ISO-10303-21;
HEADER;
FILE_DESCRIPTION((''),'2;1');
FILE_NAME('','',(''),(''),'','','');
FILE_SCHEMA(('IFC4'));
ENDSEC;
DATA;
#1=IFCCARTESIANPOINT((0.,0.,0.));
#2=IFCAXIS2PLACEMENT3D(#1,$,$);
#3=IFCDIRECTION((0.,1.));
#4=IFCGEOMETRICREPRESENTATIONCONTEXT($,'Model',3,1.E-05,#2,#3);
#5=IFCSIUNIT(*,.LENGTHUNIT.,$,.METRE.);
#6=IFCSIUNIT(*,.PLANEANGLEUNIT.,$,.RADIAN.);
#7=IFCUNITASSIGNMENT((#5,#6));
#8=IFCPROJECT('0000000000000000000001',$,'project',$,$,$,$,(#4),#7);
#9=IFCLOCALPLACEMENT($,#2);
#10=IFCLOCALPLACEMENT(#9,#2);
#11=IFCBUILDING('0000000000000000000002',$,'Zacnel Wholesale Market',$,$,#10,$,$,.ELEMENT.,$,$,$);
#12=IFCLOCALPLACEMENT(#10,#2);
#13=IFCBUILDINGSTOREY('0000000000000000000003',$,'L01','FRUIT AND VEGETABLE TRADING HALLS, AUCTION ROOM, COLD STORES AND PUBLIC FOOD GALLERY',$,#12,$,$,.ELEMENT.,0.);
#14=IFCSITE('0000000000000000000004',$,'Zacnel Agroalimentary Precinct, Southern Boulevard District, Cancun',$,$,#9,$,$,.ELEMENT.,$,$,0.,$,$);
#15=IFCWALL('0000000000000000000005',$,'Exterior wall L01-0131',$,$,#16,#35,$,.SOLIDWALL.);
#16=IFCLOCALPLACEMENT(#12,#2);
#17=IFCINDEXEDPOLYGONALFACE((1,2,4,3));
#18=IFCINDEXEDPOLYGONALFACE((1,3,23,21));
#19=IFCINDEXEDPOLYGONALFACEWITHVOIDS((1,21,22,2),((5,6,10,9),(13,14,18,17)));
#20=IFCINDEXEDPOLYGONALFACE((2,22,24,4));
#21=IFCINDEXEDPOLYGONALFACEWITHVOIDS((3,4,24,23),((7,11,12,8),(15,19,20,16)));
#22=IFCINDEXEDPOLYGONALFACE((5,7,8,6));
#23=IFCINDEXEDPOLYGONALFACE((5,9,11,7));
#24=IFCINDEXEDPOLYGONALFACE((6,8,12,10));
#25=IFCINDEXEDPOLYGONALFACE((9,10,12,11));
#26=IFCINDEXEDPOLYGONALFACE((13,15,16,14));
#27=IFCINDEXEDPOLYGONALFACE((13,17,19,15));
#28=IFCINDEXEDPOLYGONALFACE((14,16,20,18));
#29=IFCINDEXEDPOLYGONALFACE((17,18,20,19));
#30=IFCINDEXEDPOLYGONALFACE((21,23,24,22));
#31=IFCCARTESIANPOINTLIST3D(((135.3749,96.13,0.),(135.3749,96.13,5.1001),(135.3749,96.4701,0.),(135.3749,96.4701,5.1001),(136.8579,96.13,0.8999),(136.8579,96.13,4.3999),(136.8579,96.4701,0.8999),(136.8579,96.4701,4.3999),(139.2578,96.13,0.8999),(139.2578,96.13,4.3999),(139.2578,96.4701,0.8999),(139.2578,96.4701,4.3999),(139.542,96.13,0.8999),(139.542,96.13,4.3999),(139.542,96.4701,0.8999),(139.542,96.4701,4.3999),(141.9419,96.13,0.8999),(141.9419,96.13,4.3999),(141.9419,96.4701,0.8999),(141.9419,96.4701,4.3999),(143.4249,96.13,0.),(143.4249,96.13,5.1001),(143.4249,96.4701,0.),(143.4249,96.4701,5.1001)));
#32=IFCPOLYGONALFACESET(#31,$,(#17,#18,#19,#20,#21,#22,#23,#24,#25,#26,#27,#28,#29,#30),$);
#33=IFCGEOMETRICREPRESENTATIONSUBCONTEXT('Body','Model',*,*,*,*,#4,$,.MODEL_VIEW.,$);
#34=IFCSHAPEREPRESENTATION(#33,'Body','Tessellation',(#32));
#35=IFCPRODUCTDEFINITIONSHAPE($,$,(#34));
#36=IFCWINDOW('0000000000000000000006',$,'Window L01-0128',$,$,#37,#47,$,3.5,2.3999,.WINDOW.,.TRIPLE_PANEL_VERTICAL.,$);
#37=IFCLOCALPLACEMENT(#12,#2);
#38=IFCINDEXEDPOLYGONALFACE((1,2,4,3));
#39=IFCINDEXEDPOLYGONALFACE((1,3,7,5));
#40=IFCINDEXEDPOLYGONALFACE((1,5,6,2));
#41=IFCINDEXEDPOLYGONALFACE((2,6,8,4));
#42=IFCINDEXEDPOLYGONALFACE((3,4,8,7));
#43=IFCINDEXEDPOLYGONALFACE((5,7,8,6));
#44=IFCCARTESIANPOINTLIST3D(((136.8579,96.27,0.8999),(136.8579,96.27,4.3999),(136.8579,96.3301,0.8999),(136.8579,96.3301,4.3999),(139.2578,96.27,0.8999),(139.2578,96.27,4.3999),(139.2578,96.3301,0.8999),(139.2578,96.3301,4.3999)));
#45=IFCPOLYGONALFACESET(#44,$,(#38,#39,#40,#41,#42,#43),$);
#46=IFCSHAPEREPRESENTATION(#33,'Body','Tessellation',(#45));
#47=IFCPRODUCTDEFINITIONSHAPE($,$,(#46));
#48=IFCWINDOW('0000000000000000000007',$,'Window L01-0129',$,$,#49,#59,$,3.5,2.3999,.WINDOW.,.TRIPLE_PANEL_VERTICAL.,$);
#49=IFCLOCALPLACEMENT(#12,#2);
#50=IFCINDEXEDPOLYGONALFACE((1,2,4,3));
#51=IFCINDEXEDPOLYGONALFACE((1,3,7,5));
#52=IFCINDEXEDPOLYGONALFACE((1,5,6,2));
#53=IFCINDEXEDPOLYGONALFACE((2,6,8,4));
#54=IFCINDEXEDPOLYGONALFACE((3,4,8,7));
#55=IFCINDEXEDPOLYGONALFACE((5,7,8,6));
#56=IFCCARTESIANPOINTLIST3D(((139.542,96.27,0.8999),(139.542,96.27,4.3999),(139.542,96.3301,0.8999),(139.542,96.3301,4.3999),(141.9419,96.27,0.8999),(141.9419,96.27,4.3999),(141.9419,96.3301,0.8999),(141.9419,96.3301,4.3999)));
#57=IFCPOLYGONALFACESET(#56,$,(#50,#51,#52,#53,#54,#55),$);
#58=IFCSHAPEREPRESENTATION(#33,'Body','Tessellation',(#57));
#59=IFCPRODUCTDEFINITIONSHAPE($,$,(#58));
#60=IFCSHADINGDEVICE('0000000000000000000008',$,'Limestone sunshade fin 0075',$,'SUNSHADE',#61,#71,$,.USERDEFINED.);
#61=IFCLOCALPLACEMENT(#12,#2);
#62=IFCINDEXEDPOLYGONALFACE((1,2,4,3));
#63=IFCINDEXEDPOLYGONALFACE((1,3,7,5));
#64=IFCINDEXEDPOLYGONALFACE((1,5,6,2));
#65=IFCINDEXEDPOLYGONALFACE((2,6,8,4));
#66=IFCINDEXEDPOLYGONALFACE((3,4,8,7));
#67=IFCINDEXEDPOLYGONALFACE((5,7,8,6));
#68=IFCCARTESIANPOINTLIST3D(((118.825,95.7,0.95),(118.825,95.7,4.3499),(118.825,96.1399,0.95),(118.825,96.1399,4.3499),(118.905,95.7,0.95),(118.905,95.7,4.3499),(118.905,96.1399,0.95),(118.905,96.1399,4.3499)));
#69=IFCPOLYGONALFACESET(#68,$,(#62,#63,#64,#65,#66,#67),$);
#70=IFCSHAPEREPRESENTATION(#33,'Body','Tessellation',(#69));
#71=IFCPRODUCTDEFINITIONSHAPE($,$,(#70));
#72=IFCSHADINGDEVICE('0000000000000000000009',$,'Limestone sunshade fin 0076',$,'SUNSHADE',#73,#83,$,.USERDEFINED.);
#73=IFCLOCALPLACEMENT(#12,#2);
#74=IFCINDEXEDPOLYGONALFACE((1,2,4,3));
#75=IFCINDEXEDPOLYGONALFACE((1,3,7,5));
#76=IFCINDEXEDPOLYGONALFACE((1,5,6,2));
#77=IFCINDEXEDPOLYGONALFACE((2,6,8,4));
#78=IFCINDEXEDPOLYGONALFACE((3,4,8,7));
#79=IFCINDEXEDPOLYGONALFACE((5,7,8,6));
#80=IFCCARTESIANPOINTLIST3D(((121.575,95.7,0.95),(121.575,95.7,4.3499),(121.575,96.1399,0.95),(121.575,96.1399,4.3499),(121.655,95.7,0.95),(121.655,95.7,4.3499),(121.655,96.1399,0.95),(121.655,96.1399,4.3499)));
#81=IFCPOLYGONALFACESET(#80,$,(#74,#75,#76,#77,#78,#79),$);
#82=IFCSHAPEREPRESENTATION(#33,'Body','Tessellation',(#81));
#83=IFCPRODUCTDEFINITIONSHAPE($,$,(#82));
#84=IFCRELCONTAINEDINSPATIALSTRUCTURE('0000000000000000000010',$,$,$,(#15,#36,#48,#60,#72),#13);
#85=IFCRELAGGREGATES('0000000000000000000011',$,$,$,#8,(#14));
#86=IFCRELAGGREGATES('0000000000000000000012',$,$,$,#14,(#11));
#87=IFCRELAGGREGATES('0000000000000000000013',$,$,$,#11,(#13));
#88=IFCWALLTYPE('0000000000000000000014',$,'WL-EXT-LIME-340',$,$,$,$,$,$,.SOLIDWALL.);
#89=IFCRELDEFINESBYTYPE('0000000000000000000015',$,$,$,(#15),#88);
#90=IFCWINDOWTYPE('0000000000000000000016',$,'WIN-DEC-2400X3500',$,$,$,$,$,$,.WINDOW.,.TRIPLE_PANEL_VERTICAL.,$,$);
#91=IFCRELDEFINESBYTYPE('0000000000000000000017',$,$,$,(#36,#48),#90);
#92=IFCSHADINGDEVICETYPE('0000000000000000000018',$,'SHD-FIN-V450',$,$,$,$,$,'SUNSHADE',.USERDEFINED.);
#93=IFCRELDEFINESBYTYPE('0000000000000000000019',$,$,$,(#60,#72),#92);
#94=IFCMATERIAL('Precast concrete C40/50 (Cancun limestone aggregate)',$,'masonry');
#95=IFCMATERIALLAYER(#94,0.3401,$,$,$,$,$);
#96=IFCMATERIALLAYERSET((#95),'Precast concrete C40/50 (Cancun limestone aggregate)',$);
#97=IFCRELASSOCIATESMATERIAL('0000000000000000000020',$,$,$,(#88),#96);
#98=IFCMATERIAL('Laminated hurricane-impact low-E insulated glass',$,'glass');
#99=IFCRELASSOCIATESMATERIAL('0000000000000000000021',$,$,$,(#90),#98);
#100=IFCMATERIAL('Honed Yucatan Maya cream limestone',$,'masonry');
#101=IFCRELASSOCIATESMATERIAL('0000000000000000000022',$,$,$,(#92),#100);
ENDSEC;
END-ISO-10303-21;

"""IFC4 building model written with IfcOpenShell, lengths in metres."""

from ifc_helpers import new_model, si_unit, direction, frame, frame_2d, origin, origin_2d, place, context, subcontext, project, spatial, rectangle, extrude, material, layer, layer_set, type_object, element, fill, save


model = new_model("IFC4")

# Units and contexts
model_context = context("Model", 3, precision=1e-05, world=origin(), true_north=direction((0.0, 1.0)))
body_context = subcontext(model_context, "Body", "Model", "MODEL_VIEW")
ifc_project = project(units=[si_unit("LENGTHUNIT", "METRE"), si_unit("PLANEANGLEUNIT", "RADIAN")], contexts=[model_context])

# Site, building, storey
site_placement = place(None, origin())
site = spatial("IfcSite", under=ifc_project, at=site_placement, Name="Zacnel Agroalimentary Precinct, Southern Boulevard District, Cancun", CompositionType="ELEMENT", RefElevation=0.0)
building_placement = place(site_placement, origin())
building = spatial("IfcBuilding", under=site, at=building_placement, Name="Zacnel Wholesale Market", CompositionType="ELEMENT")
storey_placement = place(building_placement, origin())
storey = spatial("IfcBuildingStorey", under=building, at=storey_placement, Name="L01", Description="FRUIT AND VEGETABLE TRADING HALLS, AUCTION ROOM, COLD STORES AND PUBLIC FOOD GALLERY", CompositionType="ELEMENT", Elevation=0.0)

# Shared definitions
ifc_material_1 = material(Name="Precast concrete C40/50 (Cancun limestone aggregate)", Category="masonry")
ifc_layer_1 = layer(ifc_material_1, 0.3401)
ifc_layer_set_1 = layer_set([ifc_layer_1], Name="Precast concrete C40/50 (Cancun limestone aggregate)")
wall_type = type_object("IfcWallType", Name="WL-EXT-LIME-340", PredefinedType="SOLIDWALL", material=ifc_layer_set_1)
ifc_material_2 = material(Name="Laminated hurricane-impact low-E insulated glass", Category="glass")
window_type = type_object("IfcWindowType", Name="WIN-DEC-2400X3500", PartitioningType="TRIPLE_PANEL_VERTICAL", PredefinedType="WINDOW", material=ifc_material_2)

# Wall, openings, windows
wall_1_placement = place(storey_placement, frame((135.375, 96.3, 0.0), z_axis=(0.0, 0.0, 1.0), x_axis=(1.0, 0.0, 0.0)))
wall_1 = element("IfcWall", 1, at=wall_1_placement, inside=storey, type_object=wall_type, Name="Exterior wall L01-0131", PredefinedType="SOLIDWALL", context=body_context, shape_type="SweptSolid", body=[
    extrude(rectangle(XDim=8.05, YDim=0.3401, at=frame_2d((4.0249, 0.0))), origin(), (0.0, 0.0, 1.0), 5.1001),
])
opening_1_placement = place(wall_1_placement, frame((1.4829, 0.0, 0.8999)))
opening_1 = element("IfcOpeningElement", 2, at=opening_1_placement, cuts=wall_1, PredefinedType="OPENING", context=body_context, shape_type="SweptSolid", body=[
    extrude(rectangle(XDim=2.3999, YDim=3.5, at=frame_2d((1.2, 1.75))), frame((0.0, 0.1799, 0.0), z_axis=(0.0, -1.0, 0.0), x_axis=(1.0, 0.0, 0.0)), (0.0, 0.0, 1.0), 0.3601),
])
opening_2_placement = place(wall_1_placement, frame((4.167, 0.0, 0.8999)))
opening_2 = element("IfcOpeningElement", 3, at=opening_2_placement, cuts=wall_1, PredefinedType="OPENING", context=body_context, shape_type="SweptSolid", body=[
    extrude(rectangle(XDim=2.3999, YDim=3.5, at=frame_2d((1.2, 1.75))), frame((0.0, 0.1799, 0.0), z_axis=(0.0, -1.0, 0.0), x_axis=(1.0, 0.0, 0.0)), (0.0, 0.0, 1.0), 0.3601),
])
window_1_placement = place(opening_1_placement, origin())
window_1 = element("IfcWindow", 4, at=window_1_placement, inside=storey, type_object=window_type, Name="Window L01-0128", OverallHeight=3.5, OverallWidth=2.3999, PartitioningType="TRIPLE_PANEL_VERTICAL", PredefinedType="WINDOW", context=body_context, shape_type="SweptSolid", body=[
    extrude(rectangle(XDim=2.3999, YDim=3.5, at=frame_2d((1.2, 1.75))), frame((0.0, 0.03, 0.0), z_axis=(0.0, -1.0, 0.0), x_axis=(1.0, 0.0, 0.0)), (0.0, 0.0, 1.0), 0.0601),
])
fill(opening_1, window_1)
window_2_placement = place(opening_2_placement, origin())
window_2 = element("IfcWindow", 5, at=window_2_placement, inside=storey, type_object=window_type, Name="Window L01-0129", OverallHeight=3.5, OverallWidth=2.3999, PartitioningType="TRIPLE_PANEL_VERTICAL", PredefinedType="WINDOW", context=body_context, shape_type="SweptSolid", body=[
    extrude(rectangle(XDim=2.3999, YDim=3.5, at=frame_2d((1.2, 1.75))), frame((0.0, 0.03, 0.0), z_axis=(0.0, -1.0, 0.0), x_axis=(1.0, 0.0, 0.0)), (0.0, 0.0, 1.0), 0.0601),
])
fill(opening_2, window_2)

# Shading devices
ifc_material_3 = material(Name="Honed Yucatan Maya cream limestone", Category="masonry")
shading_device_type = type_object("IfcShadingDeviceType", Name="SHD-FIN-V450", ElementType="SUNSHADE", PredefinedType="USERDEFINED", material=ifc_material_3)
for number, where, z_axis, x_axis, name in (
    (6, (118.865, 95.9199, 0.95), (0.0, 0.0, 1.0), (1.0, 0.0, 0.0), "Limestone sunshade fin 0075"),
    (7, (121.615, 95.9199, 0.95), (0.0, 0.0, 1.0), (1.0, 0.0, 0.0), "Limestone sunshade fin 0076"),
):
    element("IfcShadingDevice", number, at=place(storey_placement, frame(where, z_axis=z_axis, x_axis=x_axis)), inside=storey, type_object=shading_device_type, Name=name, ObjectType="SUNSHADE", PredefinedType="USERDEFINED", context=body_context, shape_type="SweptSolid", body=[
        extrude(rectangle(XDim=0.0801, YDim=0.4399, at=origin_2d()), origin(), (0.0, 0.0, 1.0), 3.3999),
    ])

save(model, "model.ifc")
